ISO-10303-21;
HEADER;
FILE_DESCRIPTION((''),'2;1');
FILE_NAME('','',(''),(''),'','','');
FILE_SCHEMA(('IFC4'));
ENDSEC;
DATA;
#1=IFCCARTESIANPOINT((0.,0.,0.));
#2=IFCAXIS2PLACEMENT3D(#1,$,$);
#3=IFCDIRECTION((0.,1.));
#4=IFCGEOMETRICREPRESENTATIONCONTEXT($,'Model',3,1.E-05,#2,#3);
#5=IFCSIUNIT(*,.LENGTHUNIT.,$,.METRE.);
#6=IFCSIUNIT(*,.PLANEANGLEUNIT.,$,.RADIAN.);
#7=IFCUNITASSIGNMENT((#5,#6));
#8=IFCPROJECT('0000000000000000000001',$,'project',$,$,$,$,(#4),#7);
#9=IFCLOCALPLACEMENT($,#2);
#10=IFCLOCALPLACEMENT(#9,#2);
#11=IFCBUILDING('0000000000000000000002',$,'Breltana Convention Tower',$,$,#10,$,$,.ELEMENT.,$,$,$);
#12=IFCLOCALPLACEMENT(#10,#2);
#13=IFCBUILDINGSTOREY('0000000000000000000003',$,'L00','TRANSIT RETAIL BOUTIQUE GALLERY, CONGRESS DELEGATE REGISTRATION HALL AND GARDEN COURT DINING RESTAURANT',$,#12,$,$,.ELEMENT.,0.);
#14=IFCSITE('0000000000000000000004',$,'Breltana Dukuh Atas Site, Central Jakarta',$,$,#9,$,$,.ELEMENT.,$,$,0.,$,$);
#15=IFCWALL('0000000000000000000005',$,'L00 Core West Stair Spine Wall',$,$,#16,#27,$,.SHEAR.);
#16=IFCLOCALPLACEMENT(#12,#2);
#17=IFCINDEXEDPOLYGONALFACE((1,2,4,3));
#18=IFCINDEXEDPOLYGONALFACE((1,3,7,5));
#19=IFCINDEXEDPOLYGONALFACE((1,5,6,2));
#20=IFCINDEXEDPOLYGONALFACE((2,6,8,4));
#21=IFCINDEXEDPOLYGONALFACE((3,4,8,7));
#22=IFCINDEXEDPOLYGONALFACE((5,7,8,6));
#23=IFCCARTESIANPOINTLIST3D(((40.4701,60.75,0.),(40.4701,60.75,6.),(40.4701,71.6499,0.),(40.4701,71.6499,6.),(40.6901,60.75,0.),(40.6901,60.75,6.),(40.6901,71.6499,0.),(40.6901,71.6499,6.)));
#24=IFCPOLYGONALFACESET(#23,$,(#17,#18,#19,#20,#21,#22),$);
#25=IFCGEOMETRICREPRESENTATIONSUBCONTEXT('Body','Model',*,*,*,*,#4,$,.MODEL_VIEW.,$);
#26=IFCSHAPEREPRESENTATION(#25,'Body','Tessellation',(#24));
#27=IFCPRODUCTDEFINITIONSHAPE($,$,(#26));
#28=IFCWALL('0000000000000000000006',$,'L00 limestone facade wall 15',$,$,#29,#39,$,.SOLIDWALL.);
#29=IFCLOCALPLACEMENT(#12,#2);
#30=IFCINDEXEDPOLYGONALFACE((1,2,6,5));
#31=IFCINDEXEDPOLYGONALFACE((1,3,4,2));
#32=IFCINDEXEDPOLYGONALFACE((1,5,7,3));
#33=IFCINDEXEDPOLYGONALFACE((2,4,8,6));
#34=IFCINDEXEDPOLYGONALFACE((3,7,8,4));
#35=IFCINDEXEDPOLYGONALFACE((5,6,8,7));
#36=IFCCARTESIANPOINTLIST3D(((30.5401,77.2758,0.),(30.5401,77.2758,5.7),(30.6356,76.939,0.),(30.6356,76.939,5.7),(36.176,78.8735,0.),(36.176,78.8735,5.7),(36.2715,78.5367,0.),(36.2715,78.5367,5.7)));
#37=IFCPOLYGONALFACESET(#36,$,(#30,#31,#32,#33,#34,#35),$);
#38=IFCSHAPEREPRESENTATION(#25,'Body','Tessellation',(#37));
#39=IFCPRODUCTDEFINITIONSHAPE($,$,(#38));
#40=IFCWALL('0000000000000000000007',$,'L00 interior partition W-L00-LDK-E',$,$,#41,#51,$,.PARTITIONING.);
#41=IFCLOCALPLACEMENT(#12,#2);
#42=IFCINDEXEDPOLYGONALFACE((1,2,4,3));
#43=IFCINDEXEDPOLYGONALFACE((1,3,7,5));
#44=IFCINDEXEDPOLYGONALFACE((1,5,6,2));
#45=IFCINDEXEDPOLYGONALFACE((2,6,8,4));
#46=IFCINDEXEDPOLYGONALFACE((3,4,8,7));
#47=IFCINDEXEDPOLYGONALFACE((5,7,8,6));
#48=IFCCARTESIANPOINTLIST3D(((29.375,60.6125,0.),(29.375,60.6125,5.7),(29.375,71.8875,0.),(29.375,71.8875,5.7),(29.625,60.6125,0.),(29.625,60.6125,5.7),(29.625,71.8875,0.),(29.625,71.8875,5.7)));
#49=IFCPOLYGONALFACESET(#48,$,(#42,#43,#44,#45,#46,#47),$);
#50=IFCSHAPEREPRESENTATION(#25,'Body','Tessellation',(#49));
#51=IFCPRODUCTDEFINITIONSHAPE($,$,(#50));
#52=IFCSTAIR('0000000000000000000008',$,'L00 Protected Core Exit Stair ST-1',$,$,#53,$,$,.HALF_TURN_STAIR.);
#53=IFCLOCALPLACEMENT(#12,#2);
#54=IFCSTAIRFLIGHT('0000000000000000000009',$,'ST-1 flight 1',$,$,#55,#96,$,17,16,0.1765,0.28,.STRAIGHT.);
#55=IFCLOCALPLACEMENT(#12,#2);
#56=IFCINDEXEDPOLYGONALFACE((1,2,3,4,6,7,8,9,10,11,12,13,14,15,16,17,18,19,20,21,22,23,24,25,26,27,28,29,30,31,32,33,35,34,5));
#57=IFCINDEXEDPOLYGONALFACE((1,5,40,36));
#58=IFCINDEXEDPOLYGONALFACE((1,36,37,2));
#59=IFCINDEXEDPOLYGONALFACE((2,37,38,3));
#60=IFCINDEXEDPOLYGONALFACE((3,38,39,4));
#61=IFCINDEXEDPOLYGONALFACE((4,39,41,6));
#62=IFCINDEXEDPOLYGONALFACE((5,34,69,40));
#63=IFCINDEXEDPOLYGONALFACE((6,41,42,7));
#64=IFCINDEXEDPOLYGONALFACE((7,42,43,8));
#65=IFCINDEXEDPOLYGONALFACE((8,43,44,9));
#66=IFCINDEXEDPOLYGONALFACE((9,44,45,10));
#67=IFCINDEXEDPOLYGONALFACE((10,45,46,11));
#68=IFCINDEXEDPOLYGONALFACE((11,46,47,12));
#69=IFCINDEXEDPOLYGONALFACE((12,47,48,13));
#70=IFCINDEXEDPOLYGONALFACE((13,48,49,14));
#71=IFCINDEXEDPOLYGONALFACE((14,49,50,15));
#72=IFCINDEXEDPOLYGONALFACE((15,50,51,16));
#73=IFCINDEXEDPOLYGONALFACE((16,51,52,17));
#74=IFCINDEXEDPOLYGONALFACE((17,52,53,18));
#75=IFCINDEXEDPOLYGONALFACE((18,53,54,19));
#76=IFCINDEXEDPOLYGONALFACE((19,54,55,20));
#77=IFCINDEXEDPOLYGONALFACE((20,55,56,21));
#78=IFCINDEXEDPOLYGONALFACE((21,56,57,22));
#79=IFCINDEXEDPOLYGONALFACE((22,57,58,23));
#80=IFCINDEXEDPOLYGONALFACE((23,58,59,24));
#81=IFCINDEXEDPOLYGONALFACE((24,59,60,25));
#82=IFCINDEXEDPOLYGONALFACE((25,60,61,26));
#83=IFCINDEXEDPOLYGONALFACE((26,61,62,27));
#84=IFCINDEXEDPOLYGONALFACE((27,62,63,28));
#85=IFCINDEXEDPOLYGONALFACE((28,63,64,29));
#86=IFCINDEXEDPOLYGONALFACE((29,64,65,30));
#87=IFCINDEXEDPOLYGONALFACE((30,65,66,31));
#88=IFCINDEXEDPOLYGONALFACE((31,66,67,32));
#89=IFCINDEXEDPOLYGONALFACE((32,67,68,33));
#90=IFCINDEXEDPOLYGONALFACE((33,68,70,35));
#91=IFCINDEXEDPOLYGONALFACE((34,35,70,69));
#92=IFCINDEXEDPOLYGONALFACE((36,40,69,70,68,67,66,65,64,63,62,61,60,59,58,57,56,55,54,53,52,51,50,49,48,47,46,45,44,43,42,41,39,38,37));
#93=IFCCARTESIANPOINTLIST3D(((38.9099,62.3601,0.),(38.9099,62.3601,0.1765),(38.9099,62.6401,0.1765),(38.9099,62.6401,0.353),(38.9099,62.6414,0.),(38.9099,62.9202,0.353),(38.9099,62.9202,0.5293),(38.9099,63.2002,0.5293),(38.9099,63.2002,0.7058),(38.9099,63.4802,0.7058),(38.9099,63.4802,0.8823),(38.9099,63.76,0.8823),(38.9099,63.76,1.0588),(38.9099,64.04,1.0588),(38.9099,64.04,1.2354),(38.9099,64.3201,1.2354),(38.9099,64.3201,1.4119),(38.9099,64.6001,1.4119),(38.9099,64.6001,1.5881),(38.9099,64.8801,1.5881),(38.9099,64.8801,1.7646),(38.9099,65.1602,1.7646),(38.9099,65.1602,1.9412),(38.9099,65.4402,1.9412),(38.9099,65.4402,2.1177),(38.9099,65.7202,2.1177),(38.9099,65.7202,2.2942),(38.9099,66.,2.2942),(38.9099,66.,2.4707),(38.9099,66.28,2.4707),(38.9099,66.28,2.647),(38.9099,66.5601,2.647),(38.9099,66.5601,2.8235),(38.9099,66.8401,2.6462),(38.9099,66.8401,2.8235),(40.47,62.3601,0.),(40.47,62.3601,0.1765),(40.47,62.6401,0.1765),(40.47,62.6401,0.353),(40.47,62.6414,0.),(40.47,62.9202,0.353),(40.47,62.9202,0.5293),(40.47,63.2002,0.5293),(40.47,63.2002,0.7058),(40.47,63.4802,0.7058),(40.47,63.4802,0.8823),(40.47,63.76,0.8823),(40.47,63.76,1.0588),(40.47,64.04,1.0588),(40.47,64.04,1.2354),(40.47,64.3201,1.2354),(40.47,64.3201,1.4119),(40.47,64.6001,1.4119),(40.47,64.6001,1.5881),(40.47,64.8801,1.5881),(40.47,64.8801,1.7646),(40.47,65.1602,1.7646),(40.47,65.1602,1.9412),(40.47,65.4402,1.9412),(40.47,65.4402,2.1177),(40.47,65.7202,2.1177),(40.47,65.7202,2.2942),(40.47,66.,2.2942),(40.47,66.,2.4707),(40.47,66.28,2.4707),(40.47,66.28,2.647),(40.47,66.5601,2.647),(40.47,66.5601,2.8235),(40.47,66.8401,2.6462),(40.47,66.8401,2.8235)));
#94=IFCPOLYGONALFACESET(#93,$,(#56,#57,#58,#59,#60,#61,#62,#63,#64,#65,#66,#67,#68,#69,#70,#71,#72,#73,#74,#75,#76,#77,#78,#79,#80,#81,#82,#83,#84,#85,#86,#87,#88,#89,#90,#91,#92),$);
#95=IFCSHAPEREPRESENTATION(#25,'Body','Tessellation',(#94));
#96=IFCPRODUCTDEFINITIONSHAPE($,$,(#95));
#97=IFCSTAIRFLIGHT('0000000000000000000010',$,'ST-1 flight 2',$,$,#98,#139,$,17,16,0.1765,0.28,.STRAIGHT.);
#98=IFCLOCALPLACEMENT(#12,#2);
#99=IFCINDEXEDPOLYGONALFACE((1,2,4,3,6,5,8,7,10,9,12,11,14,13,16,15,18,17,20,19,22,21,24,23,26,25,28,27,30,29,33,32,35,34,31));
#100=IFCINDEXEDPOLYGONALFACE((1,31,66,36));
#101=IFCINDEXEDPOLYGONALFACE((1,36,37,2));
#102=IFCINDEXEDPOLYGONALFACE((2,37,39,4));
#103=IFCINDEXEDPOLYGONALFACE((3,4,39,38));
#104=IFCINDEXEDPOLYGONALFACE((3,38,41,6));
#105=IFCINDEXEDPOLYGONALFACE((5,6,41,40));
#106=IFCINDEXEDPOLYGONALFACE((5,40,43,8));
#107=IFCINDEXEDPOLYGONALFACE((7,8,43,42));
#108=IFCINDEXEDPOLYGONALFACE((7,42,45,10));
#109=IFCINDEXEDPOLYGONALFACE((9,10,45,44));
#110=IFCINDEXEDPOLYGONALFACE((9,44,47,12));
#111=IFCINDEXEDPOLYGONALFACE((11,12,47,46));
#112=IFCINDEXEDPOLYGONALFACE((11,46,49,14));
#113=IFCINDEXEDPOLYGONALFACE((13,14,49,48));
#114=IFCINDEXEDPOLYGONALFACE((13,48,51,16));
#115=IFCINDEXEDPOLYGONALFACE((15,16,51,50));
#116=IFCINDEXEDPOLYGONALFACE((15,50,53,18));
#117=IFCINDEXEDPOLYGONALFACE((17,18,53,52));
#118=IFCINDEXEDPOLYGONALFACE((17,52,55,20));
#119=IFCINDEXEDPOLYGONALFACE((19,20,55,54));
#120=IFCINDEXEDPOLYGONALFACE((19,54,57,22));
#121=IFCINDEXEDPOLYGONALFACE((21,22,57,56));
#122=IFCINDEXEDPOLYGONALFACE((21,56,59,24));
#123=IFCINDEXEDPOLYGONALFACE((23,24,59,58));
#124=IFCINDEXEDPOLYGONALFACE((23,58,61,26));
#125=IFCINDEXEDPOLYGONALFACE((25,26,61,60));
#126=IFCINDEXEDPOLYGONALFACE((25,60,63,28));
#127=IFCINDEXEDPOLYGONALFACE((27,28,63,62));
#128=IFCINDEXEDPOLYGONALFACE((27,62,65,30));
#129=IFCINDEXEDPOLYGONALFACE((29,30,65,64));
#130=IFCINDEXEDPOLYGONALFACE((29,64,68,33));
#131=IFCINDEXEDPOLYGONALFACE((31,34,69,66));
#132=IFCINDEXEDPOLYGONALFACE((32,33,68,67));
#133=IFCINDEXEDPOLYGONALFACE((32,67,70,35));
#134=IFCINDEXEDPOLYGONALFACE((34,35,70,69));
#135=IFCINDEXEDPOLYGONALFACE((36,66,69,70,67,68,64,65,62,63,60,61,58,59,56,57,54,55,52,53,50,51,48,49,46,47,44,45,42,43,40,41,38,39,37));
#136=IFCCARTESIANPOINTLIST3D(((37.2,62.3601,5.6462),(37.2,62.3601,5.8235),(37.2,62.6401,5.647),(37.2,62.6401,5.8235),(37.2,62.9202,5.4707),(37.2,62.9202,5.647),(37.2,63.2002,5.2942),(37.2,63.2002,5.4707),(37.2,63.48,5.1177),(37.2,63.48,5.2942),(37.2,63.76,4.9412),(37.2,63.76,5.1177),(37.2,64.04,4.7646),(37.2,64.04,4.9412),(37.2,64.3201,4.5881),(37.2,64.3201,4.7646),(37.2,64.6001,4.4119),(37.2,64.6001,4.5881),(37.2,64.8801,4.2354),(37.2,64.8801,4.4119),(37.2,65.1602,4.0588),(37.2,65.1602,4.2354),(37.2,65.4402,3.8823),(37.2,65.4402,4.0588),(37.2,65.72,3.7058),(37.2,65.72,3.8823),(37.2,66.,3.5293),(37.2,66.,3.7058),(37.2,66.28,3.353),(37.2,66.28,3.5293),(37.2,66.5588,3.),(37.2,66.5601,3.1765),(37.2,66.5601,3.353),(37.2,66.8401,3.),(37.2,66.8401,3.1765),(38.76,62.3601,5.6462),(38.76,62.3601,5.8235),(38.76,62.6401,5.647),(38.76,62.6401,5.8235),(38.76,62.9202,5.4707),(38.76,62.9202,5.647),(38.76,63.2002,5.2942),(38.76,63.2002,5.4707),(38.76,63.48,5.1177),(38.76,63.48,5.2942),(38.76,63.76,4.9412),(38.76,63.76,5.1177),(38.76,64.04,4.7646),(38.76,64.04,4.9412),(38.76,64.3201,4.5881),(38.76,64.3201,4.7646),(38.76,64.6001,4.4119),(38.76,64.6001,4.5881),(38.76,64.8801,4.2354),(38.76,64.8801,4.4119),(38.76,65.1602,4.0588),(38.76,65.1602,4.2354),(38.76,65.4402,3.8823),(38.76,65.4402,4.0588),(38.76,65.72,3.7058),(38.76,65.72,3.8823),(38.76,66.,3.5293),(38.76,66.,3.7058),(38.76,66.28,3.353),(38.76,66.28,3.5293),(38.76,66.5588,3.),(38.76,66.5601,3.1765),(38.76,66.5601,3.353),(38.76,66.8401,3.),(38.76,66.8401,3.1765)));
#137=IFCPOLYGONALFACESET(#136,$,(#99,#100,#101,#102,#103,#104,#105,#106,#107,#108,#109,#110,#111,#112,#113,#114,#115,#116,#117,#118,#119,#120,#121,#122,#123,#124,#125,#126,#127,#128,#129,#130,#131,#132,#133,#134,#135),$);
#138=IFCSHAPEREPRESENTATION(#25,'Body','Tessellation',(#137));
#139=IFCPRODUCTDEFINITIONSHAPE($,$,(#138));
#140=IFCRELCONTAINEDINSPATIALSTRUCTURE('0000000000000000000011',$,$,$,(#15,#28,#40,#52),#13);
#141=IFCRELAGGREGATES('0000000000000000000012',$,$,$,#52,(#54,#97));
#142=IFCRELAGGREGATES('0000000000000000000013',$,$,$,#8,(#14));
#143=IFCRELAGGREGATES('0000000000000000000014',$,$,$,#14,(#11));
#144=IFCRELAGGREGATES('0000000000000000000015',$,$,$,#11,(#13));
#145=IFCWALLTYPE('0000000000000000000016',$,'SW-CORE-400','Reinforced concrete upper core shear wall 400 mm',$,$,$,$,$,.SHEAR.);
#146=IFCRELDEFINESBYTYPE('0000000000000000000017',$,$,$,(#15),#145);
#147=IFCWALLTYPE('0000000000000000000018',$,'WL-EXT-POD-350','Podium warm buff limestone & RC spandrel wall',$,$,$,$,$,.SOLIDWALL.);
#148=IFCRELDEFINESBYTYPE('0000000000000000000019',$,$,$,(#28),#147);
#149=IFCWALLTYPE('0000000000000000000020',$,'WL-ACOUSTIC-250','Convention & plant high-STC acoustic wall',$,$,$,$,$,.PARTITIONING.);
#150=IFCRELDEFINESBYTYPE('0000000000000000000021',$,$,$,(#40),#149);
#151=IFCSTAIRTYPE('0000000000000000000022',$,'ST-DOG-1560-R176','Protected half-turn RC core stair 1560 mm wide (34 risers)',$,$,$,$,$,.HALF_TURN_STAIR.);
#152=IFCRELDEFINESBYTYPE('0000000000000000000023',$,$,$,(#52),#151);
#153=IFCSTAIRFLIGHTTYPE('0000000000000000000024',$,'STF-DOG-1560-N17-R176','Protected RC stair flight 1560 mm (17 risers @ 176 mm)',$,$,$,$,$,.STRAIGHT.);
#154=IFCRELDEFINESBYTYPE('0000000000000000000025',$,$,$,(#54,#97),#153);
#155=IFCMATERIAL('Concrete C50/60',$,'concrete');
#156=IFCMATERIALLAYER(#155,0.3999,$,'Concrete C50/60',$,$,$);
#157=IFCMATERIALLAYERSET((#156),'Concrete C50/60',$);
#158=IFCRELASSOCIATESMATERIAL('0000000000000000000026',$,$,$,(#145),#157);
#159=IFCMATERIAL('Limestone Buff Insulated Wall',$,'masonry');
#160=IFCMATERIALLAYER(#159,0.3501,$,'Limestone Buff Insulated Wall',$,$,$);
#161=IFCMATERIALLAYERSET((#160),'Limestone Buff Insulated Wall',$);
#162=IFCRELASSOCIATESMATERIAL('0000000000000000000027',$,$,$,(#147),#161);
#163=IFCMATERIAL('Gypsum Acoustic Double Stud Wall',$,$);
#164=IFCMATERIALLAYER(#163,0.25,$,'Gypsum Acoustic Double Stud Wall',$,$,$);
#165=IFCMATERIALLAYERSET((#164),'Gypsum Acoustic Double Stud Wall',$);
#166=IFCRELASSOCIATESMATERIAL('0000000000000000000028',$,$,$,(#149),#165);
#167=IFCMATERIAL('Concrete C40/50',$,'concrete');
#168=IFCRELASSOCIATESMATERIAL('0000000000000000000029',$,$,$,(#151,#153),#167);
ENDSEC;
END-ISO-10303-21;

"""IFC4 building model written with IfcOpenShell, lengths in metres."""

from ifc_helpers import new_model, si_unit, direction, frame, frame_2d, origin, place, context, subcontext, project, spatial, polyline, rectangle, outline, extrude, source, transform, mapped, material, layer, layer_set, type_object, element, aggregate, save


model = new_model("IFC4")

# Units and contexts
model_context = context("Model", 3, precision=1e-05, world=origin(), true_north=direction((0.0, 1.0)))
body_context = subcontext(model_context, "Body", "Model", "MODEL_VIEW")
ifc_project = project(units=[si_unit("LENGTHUNIT", "METRE"), si_unit("PLANEANGLEUNIT", "RADIAN")], contexts=[model_context])

# Site, building, storey
site_placement = place(None, origin())
site = spatial("IfcSite", under=ifc_project, at=site_placement, Name="Breltana Dukuh Atas Site, Central Jakarta", CompositionType="ELEMENT", RefElevation=0.0)
building_placement = place(site_placement, origin())
building = spatial("IfcBuilding", under=site, at=building_placement, Name="Breltana Convention Tower", CompositionType="ELEMENT")
storey_placement = place(building_placement, origin())
storey = spatial("IfcBuildingStorey", under=building, at=storey_placement, Name="L00", Description="TRANSIT RETAIL BOUTIQUE GALLERY, CONGRESS DELEGATE REGISTRATION HALL AND GARDEN COURT DINING RESTAURANT", CompositionType="ELEMENT", Elevation=0.0)

# Walls
ifc_material_1 = material(Name="Concrete C50/60", Category="concrete")
ifc_layer_1 = layer(ifc_material_1, 0.3999, Name="Concrete C50/60")
ifc_layer_set_1 = layer_set([ifc_layer_1], Name="Concrete C50/60")
wall_type_1 = type_object("IfcWallType", Name="SW-CORE-400", Description="Reinforced concrete upper core shear wall 400 mm", PredefinedType="SHEAR", material=ifc_layer_set_1)
shared_shape_1 = source(origin(), body_context, "Body", "SweptSolid", [
    extrude(rectangle(XDim=10.8999, YDim=0.22, at=frame_2d((5.45, 0.0))), origin(), (0.0, 0.0, 1.0), 6.0),
])
wall_1_placement = place(storey_placement, frame((40.5801, 60.75, 0.0), z_axis=(0.0, 0.0, 1.0), x_axis=(0.0, 1.0, 0.0)))
element("IfcWall", 1, at=wall_1_placement, inside=storey, type_object=wall_type_1, Name="L00 Core West Stair Spine Wall", PredefinedType="SHEAR", context=body_context, shape_type="MappedRepresentation", body=[
    mapped(shared_shape_1, transform((0.0, 0.0, 0.0), scale=1.0)),
])
ifc_material_2 = material(Name="Limestone Buff Insulated Wall", Category="masonry")
ifc_layer_2 = layer(ifc_material_2, 0.3501, Name="Limestone Buff Insulated Wall")
ifc_layer_set_2 = layer_set([ifc_layer_2], Name="Limestone Buff Insulated Wall")
wall_type_2 = type_object("IfcWallType", Name="WL-EXT-POD-350", Description="Podium warm buff limestone & RC spandrel wall", PredefinedType="SOLIDWALL", material=ifc_layer_set_2)
shared_shape_2 = source(origin(), body_context, "Body", "SweptSolid", [
    extrude(rectangle(XDim=5.8579, YDim=0.3501, at=frame_2d((2.929, 0.0))), origin(), (0.0, 0.0, 1.0), 5.7),
])
wall_2_placement = place(storey_placement, frame((30.5879, 77.1074, 0.0), z_axis=(0.0, 0.0, 1.0), x_axis=(0.962088, 0.272739, 0.0)))
element("IfcWall", 2, at=wall_2_placement, inside=storey, type_object=wall_type_2, Name="L00 limestone facade wall 15", PredefinedType="SOLIDWALL", context=body_context, shape_type="MappedRepresentation", body=[
    mapped(shared_shape_2, transform((0.0, 0.0, 0.0), scale=1.0)),
])

# Wall
ifc_material_3 = material(Name="Gypsum Acoustic Double Stud Wall")
ifc_layer_3 = layer(ifc_material_3, 0.25, Name="Gypsum Acoustic Double Stud Wall")
ifc_layer_set_3 = layer_set([ifc_layer_3], Name="Gypsum Acoustic Double Stud Wall")
wall_type_3 = type_object("IfcWallType", Name="WL-ACOUSTIC-250", Description="Convention & plant high-STC acoustic wall", PredefinedType="PARTITIONING", material=ifc_layer_set_3)
shared_shape_3 = source(origin(), body_context, "Body", "SweptSolid", [
    extrude(rectangle(XDim=11.2749, YDim=0.25, at=frame_2d((5.6375, 0.0))), origin(), (0.0, 0.0, 1.0), 5.7),
])
wall_3_placement = place(storey_placement, frame((29.5, 60.6125, 0.0), z_axis=(0.0, 0.0, 1.0), x_axis=(0.0, 1.0, 0.0)))
element("IfcWall", 3, at=wall_3_placement, inside=storey, type_object=wall_type_3, Name="L00 interior partition W-L00-LDK-E", PredefinedType="PARTITIONING", context=body_context, shape_type="MappedRepresentation", body=[
    mapped(shared_shape_3, transform((0.0, 0.0, 0.0), scale=1.0)),
])

# Stair, stair flights
ifc_material_4 = material(Name="Concrete C40/50", Category="concrete")
stair_type = type_object("IfcStairType", Name="ST-DOG-1560-R176", Description="Protected half-turn RC core stair 1560 mm wide (34 risers)", PredefinedType="HALF_TURN_STAIR", material=ifc_material_4)
stair_placement = place(storey_placement, origin())
stair = element("IfcStair", 4, at=stair_placement, inside=storey, type_object=stair_type, Name="L00 Protected Core Exit Stair ST-1", PredefinedType="HALF_TURN_STAIR")
stair_flight_type = type_object("IfcStairFlightType", Name="STF-DOG-1560-N17-R176", Description="Protected RC stair flight 1560 mm (17 risers @ 176 mm)", PredefinedType="STRAIGHT", material=ifc_material_4)
stair_flight_1_placement = place(storey_placement, frame((39.6899, 62.3601, 0.0), z_axis=(0.0, 0.0, 1.0), x_axis=(0.0, 1.0, 0.0)))
stair_flight_1 = element("IfcStairFlight", 5, at=stair_flight_1_placement, type_object=stair_flight_type, Name="ST-1 flight 1", NumberOfRisers=17, NumberOfTreads=16, PredefinedType="STRAIGHT", RiserHeight=0.1765, TreadLength=0.28, context=body_context, shape_type="SweptSolid", body=[
    extrude(outline(polyline([(0.0, 0.0), (0.0, 0.1765), (0.28, 0.1765), (0.28, 0.353), (0.5601, 0.353), (0.5601, 0.5293), (0.8401, 0.5293), (0.8401, 0.7058), (1.1201, 0.7058), (1.1201, 0.8823), (1.3999, 0.8823), (1.3999, 1.0588), (1.6799, 1.0588), (1.6799, 1.2354), (1.96, 1.2354), (1.96, 1.4119), (2.24, 1.4119), (2.24, 1.5881), (2.52, 1.5881), (2.52, 1.7646), (2.8, 1.7646), (2.8, 1.9412), (3.0801, 1.9412), (3.0801, 2.1177), (3.3601, 2.1177), (3.3601, 2.2942), (3.6399, 2.2942), (3.6399, 2.4707), (3.9199, 2.4707), (3.9199, 2.647), (4.2, 2.647), (4.2, 2.8235), (4.48, 2.8235), (4.48, 3.0), (4.48, 2.6462), (0.2812, 0.0), (0.0, 0.0)])), frame((0.0, 0.78, 0.0), z_axis=(0.0, -1.0, 0.0), x_axis=(1.0, 0.0, 0.0)), (0.0, 0.0, 1.0), 1.5601),
])
stair_flight_2_placement = place(storey_placement, frame((37.98, 66.8401, 3.0), z_axis=(0.0, 0.0, 1.0), x_axis=(0.0, -1.0, 0.0)))
stair_flight_2 = element("IfcStairFlight", 6, at=stair_flight_2_placement, type_object=stair_flight_type, Name="ST-1 flight 2", NumberOfRisers=17, NumberOfTreads=16, PredefinedType="STRAIGHT", RiserHeight=0.1765, TreadLength=0.28, context=body_context, shape_type="SweptSolid", body=[
    extrude(outline(polyline([(0.0, 0.0), (0.0, 0.1765), (0.28, 0.1765), (0.28, 0.353), (0.5601, 0.353), (0.5601, 0.5293), (0.8401, 0.5293), (0.8401, 0.7058), (1.1201, 0.7058), (1.1201, 0.8823), (1.3999, 0.8823), (1.3999, 1.0588), (1.6799, 1.0588), (1.6799, 1.2354), (1.96, 1.2354), (1.96, 1.4119), (2.24, 1.4119), (2.24, 1.5881), (2.52, 1.5881), (2.52, 1.7646), (2.8, 1.7646), (2.8, 1.9412), (3.0801, 1.9412), (3.0801, 2.1177), (3.3601, 2.1177), (3.3601, 2.2942), (3.6399, 2.2942), (3.6399, 2.4707), (3.9199, 2.4707), (3.9199, 2.647), (4.2, 2.647), (4.2, 2.8235), (4.48, 2.8235), (4.48, 3.0), (4.48, 2.6462), (0.2812, 0.0), (0.0, 0.0)])), frame((0.0, 0.78, 0.0), z_axis=(0.0, -1.0, 0.0), x_axis=(1.0, 0.0, 0.0)), (0.0, 0.0, 1.0), 1.5601),
])
aggregate(stair, [stair_flight_1, stair_flight_2])

save(model, "model.ifc")
